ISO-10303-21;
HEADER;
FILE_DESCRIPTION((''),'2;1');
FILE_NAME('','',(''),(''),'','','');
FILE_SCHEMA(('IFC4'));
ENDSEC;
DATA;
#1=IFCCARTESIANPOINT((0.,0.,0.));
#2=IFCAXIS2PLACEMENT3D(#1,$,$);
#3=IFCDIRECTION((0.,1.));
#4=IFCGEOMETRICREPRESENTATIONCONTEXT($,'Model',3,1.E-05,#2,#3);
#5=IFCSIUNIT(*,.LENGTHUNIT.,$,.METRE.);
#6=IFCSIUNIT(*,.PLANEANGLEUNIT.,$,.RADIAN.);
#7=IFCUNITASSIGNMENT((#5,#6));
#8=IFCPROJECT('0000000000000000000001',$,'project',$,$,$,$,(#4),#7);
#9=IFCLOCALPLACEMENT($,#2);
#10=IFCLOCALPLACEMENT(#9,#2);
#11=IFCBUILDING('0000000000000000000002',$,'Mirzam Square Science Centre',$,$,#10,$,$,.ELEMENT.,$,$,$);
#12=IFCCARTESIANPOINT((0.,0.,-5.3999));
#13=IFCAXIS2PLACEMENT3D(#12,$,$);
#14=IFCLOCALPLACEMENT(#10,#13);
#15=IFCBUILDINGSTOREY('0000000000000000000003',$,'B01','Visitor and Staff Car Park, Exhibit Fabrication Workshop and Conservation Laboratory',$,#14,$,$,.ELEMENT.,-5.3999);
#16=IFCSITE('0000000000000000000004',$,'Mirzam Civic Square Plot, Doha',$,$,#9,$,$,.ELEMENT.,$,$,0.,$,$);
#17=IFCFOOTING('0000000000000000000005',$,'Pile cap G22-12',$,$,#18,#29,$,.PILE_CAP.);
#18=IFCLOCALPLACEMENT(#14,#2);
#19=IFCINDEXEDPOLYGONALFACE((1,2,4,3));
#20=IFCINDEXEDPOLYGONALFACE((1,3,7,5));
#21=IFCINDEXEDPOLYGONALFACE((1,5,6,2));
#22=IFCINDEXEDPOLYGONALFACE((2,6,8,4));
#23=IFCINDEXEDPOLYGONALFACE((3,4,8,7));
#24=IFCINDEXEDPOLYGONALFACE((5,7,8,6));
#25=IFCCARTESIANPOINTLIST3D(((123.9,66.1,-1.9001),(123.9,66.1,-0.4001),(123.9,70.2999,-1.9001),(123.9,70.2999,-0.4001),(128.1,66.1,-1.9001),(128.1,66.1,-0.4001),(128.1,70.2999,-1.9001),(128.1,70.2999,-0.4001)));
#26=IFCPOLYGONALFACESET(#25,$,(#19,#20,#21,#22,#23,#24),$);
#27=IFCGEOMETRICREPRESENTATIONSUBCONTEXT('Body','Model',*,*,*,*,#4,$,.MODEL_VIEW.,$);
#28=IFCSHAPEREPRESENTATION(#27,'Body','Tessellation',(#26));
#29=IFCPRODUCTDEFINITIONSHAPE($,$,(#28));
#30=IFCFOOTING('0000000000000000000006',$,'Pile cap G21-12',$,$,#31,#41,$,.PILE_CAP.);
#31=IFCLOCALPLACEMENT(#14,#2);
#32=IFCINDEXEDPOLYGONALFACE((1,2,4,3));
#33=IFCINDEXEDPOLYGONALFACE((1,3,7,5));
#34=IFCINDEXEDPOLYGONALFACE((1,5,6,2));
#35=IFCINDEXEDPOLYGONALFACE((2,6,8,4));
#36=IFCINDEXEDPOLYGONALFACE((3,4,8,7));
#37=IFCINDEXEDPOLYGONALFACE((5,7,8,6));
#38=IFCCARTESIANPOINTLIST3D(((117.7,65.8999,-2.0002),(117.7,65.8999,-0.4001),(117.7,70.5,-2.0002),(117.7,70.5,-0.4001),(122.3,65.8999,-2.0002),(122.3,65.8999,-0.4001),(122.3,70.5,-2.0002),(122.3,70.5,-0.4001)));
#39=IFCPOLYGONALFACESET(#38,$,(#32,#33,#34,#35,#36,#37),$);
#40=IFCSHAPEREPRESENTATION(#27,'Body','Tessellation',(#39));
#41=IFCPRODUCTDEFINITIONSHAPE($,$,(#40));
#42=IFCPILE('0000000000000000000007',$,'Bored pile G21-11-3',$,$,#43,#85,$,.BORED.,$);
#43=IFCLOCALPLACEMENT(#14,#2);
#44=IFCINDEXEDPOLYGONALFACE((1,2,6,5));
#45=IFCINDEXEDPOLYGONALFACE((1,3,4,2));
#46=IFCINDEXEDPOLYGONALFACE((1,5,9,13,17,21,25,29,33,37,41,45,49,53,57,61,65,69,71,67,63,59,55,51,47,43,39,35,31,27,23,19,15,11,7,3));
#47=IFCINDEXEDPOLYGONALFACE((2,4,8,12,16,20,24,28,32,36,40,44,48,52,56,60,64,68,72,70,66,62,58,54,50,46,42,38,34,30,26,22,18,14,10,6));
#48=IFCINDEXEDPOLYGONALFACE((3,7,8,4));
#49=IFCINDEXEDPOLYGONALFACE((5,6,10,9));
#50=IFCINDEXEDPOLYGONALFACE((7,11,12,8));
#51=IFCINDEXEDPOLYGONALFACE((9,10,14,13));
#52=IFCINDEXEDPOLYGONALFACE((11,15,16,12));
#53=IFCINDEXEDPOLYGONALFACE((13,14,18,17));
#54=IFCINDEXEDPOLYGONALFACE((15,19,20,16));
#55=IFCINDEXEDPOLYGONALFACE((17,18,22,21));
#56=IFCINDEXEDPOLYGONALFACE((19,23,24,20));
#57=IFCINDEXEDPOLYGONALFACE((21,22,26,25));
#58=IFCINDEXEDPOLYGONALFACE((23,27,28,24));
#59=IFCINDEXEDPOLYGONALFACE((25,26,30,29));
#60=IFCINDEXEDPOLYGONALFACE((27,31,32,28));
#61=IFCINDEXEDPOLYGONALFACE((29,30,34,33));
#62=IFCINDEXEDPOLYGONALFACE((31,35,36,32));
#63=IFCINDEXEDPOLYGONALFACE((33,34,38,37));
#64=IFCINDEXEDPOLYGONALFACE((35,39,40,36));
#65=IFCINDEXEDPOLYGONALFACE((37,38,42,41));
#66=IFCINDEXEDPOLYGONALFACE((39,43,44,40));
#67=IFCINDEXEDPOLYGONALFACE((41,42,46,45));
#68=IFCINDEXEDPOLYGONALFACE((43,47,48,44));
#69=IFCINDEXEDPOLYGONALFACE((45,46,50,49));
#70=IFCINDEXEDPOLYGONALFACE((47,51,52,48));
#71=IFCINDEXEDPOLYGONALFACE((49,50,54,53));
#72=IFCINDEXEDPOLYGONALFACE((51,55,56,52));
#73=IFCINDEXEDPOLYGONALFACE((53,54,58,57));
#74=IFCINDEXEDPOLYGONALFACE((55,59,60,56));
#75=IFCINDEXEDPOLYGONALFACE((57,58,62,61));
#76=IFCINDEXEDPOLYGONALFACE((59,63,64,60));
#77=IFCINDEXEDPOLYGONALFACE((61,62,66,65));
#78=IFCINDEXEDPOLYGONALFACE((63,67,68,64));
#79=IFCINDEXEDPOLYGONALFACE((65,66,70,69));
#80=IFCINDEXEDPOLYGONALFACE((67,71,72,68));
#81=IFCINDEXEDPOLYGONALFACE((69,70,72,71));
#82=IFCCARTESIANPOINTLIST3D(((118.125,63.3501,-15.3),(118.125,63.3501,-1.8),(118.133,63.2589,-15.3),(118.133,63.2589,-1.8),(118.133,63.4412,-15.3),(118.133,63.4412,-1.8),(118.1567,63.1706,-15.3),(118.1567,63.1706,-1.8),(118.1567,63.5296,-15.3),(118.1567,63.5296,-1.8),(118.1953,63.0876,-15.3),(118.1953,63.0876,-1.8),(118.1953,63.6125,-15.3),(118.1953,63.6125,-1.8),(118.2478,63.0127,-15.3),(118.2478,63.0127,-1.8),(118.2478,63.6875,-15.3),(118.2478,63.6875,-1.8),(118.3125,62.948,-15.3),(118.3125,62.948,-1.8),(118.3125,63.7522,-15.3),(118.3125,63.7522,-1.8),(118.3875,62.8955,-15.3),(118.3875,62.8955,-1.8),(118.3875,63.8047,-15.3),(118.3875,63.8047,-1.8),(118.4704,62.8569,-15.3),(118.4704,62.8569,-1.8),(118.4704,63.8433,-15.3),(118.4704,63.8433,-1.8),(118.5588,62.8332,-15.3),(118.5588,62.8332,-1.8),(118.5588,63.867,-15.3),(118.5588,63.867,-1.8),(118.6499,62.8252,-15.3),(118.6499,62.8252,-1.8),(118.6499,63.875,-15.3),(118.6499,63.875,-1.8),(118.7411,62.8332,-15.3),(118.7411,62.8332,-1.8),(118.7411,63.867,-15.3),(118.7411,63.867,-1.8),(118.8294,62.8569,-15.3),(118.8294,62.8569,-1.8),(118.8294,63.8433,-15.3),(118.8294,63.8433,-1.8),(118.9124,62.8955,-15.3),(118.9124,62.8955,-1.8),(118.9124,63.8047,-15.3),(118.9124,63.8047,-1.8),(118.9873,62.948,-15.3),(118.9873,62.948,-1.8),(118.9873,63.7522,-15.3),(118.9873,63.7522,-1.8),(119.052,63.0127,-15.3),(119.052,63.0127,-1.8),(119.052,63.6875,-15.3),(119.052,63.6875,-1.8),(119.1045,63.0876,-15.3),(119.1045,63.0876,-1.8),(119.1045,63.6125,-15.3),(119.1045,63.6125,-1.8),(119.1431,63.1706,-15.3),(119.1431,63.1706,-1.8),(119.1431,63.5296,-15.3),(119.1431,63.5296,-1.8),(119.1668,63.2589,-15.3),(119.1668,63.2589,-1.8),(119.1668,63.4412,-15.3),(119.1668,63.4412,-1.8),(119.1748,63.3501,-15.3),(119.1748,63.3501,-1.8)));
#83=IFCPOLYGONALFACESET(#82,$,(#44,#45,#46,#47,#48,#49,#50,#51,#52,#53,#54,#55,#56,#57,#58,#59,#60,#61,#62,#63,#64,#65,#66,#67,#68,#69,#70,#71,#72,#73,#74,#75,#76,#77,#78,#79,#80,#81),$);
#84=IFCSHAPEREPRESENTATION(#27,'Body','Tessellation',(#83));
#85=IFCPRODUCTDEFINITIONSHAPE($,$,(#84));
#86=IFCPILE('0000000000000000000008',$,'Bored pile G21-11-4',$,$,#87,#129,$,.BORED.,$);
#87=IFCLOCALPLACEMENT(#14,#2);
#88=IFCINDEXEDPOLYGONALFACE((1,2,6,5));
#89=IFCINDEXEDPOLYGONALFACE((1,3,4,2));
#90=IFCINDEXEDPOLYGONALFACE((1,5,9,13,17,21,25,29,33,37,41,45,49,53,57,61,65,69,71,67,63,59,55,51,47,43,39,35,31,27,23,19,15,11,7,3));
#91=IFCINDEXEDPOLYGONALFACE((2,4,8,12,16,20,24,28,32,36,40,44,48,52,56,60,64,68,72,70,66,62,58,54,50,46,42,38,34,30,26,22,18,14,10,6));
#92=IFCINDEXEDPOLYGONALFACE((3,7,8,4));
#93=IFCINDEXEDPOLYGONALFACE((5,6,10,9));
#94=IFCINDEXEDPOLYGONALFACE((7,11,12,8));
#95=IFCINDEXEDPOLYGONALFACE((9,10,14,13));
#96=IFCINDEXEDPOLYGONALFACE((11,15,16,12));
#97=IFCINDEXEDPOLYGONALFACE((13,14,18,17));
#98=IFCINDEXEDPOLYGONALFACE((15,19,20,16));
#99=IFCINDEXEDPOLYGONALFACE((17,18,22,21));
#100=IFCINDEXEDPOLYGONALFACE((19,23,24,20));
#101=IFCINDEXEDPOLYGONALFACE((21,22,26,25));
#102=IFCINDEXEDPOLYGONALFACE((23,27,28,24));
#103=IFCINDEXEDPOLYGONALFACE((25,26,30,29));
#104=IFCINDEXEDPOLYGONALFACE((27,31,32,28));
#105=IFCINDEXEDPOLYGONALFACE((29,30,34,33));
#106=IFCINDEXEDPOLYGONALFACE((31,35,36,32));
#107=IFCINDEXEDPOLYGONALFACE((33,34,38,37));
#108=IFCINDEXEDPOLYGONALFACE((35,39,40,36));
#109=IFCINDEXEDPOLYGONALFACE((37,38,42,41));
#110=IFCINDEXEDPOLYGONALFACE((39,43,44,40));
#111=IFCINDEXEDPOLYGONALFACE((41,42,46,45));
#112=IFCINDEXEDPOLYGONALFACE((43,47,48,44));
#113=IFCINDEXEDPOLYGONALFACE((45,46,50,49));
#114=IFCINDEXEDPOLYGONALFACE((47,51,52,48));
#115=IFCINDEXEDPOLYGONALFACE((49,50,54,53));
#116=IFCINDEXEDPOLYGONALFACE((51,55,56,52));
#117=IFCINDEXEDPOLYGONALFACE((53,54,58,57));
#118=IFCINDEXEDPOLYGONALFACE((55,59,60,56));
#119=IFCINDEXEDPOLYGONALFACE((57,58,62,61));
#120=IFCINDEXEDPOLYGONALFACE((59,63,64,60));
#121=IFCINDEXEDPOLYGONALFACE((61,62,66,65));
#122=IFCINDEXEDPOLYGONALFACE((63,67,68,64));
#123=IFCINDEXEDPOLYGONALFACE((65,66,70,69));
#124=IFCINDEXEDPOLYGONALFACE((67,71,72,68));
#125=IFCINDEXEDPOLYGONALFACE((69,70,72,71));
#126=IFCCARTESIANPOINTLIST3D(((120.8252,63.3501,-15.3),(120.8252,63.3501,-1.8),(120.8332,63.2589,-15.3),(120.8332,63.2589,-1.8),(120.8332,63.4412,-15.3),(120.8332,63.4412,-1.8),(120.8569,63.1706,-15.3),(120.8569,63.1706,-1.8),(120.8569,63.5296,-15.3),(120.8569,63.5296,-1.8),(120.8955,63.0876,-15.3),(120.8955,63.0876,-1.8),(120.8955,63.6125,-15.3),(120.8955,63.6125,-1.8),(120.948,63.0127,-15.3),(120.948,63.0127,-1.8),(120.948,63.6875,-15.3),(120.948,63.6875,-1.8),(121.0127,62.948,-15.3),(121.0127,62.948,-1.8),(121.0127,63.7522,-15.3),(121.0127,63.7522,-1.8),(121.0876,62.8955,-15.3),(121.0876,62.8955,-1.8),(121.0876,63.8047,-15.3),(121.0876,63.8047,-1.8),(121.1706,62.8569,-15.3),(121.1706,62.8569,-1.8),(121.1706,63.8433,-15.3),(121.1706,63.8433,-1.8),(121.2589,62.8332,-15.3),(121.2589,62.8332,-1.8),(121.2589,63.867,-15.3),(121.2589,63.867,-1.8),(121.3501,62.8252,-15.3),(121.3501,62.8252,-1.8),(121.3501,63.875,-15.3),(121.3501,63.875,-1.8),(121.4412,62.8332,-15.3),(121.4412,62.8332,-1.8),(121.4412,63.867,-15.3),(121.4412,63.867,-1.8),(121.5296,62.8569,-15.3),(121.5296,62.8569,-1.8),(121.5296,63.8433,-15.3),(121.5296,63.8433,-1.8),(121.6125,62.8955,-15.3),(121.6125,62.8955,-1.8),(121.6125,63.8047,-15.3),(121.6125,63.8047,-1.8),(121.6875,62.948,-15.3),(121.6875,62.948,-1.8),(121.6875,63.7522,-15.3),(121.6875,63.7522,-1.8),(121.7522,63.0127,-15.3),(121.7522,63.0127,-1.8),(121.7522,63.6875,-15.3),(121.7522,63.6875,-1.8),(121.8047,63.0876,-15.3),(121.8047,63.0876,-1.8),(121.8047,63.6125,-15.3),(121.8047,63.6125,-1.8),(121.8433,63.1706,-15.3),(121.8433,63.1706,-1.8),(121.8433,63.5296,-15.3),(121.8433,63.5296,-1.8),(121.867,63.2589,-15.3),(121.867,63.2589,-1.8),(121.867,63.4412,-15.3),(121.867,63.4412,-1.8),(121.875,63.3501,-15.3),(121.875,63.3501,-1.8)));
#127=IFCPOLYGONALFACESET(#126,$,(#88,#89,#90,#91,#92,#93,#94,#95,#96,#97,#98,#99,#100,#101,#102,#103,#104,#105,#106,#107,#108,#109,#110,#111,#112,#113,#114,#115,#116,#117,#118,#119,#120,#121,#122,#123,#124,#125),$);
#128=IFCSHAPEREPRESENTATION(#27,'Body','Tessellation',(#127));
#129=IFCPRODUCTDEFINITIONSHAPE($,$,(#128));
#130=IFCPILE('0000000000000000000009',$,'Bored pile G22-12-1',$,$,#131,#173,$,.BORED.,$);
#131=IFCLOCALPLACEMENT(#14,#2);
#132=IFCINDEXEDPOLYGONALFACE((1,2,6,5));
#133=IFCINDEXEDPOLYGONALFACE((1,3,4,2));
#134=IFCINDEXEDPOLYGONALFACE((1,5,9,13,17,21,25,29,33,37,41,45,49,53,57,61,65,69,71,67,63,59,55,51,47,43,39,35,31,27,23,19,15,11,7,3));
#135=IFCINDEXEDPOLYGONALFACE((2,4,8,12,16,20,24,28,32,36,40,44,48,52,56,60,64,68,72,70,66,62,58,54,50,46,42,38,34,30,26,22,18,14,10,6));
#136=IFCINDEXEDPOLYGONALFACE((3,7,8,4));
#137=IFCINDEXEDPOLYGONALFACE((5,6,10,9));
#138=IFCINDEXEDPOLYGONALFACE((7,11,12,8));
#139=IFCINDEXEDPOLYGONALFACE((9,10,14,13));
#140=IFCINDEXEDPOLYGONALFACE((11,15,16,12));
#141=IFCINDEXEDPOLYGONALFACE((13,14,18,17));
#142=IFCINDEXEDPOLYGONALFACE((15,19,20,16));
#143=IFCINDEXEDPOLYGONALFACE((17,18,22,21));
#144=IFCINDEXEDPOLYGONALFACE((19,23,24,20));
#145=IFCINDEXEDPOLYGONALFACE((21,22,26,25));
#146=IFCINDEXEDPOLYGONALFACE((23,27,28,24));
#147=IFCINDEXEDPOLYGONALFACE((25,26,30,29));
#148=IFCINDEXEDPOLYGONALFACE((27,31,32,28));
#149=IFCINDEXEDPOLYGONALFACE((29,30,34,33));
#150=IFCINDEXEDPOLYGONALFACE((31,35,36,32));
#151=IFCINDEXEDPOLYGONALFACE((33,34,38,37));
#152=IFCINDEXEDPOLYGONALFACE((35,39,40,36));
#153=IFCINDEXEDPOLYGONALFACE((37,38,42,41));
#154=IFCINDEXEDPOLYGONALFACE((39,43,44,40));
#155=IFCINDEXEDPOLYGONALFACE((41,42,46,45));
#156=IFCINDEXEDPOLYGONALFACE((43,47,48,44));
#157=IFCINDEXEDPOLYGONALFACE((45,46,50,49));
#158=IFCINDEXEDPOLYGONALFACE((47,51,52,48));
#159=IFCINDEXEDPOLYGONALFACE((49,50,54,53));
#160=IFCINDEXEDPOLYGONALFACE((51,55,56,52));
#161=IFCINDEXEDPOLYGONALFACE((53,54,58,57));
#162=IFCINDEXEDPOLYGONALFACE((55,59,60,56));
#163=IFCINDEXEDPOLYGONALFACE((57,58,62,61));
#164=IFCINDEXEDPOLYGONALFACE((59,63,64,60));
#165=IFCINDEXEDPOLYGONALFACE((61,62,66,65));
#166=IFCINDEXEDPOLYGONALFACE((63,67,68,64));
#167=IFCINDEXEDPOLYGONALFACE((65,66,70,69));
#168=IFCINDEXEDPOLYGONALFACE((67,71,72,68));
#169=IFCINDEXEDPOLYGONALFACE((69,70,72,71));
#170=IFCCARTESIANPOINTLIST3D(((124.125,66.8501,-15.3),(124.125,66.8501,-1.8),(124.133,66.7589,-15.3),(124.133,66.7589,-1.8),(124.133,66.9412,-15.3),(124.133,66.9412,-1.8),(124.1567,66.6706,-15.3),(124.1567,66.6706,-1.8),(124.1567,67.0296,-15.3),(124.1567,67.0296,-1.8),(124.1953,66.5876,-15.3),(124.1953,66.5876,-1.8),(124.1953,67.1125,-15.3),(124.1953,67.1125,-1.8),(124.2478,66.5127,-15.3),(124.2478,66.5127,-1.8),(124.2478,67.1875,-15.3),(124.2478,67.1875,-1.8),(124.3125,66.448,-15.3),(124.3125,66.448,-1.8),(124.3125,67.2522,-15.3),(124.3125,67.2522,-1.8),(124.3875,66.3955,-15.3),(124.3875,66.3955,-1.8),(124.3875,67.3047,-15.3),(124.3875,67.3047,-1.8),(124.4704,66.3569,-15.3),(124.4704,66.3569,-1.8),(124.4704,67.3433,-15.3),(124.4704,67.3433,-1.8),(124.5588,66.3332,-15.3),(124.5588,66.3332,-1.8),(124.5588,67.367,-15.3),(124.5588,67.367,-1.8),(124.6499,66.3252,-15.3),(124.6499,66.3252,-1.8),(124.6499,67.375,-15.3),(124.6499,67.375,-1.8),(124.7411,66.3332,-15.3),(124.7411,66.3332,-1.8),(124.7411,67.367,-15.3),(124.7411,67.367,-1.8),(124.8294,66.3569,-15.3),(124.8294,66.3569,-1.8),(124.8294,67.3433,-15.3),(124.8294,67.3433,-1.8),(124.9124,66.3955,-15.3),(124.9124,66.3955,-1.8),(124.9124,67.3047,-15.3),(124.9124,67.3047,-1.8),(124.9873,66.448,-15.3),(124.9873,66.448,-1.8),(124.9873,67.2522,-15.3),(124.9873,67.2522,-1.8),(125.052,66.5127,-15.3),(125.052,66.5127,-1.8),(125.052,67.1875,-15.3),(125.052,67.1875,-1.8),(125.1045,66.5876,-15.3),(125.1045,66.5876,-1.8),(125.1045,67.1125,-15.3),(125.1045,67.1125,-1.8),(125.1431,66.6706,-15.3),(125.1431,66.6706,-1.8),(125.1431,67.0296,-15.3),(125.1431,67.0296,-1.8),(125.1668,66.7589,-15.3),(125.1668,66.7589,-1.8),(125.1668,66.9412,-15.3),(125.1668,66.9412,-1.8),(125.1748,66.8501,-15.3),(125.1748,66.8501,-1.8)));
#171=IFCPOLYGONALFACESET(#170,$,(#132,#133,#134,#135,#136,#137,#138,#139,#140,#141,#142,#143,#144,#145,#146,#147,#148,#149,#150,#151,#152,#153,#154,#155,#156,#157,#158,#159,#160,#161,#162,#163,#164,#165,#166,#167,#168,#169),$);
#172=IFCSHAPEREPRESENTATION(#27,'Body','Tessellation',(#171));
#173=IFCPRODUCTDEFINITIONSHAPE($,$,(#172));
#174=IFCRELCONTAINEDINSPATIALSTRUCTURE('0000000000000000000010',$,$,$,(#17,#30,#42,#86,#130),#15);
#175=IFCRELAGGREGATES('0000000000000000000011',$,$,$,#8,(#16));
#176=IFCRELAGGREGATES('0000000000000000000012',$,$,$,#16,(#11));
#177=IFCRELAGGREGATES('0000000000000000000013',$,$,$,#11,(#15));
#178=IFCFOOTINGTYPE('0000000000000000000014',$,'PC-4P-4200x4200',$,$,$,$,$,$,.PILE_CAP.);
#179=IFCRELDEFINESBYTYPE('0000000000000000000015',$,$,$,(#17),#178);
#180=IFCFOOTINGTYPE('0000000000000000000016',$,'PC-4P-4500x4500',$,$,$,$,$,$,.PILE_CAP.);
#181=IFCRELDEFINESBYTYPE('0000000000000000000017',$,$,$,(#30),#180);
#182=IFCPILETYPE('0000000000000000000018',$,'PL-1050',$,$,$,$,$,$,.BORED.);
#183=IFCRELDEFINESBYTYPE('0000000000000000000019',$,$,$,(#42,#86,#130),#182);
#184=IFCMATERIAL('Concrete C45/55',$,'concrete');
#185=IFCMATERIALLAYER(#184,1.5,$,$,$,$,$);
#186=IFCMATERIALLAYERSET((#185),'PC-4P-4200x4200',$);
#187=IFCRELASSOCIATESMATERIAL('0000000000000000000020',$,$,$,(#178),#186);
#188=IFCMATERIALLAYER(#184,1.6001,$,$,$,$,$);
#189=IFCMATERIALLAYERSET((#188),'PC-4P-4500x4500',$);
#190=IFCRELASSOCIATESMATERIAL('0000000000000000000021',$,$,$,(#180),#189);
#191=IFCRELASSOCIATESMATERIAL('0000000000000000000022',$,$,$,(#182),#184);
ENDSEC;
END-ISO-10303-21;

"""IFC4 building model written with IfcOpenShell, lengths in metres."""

from ifc_helpers import new_model, si_unit, direction, frame, origin, origin_2d, place, context, subcontext, project, spatial, rectangle, circle, extrude, material, layer, layer_set, material_profile, profile_set, type_object, element, save


model = new_model("IFC4")

# Units and contexts
model_context = context("Model", 3, precision=1e-05, world=origin(), true_north=direction((0.0, 1.0)))
body_context = subcontext(model_context, "Body", "Model", "MODEL_VIEW")
ifc_project = project(units=[si_unit("LENGTHUNIT", "METRE"), si_unit("PLANEANGLEUNIT", "RADIAN")], contexts=[model_context])

# Site, building, storey
site_placement = place(None, origin())
site = spatial("IfcSite", under=ifc_project, at=site_placement, Name="Mirzam Civic Square Plot, Doha", CompositionType="ELEMENT", RefElevation=0.0)
building_placement = place(site_placement, origin())
building = spatial("IfcBuilding", under=site, at=building_placement, Name="Mirzam Square Science Centre", CompositionType="ELEMENT")
storey_placement = place(building_placement, frame((0.0, 0.0, -5.3999)))
storey = spatial("IfcBuildingStorey", under=building, at=storey_placement, Name="B01", Description="Visitor and Staff Car Park, Exhibit Fabrication Workshop and Conservation Laboratory", CompositionType="ELEMENT", Elevation=-5.3999)

# Footings
ifc_material_1 = material(Name="Concrete C45/55", Category="concrete")
ifc_layer_1 = layer(ifc_material_1, 1.5)
ifc_layer_set_1 = layer_set([ifc_layer_1], Name="PC-4P-4200x4200")
footing_type_1 = type_object("IfcFootingType", Name="PC-4P-4200x4200", PredefinedType="PILE_CAP", material=ifc_layer_set_1)
footing_1_placement = place(storey_placement, frame((126.0, 68.2, -1.9001), z_axis=(0.0, 0.0, 1.0), x_axis=(1.0, 0.0, 0.0)))
element("IfcFooting", 1, at=footing_1_placement, inside=storey, type_object=footing_type_1, Name="Pile cap G22-12", PredefinedType="PILE_CAP", context=body_context, shape_type="SweptSolid", body=[
    extrude(rectangle(XDim=4.2, YDim=4.2, at=origin_2d()), origin(), (0.0, 0.0, 1.0), 1.5),
])
ifc_layer_2 = layer(ifc_material_1, 1.6001)
ifc_layer_set_2 = layer_set([ifc_layer_2], Name="PC-4P-4500x4500")
footing_type_2 = type_object("IfcFootingType", Name="PC-4P-4500x4500", PredefinedType="PILE_CAP", material=ifc_layer_set_2)
footing_2_placement = place(storey_placement, frame((120.0, 68.2, -2.0002), z_axis=(0.0, 0.0, 1.0), x_axis=(1.0, 0.0, 0.0)))
element("IfcFooting", 2, at=footing_2_placement, inside=storey, type_object=footing_type_2, Name="Pile cap G21-12", PredefinedType="PILE_CAP", context=body_context, shape_type="SweptSolid", body=[
    extrude(rectangle(XDim=4.6001, YDim=4.6001, at=origin_2d()), origin(), (0.0, 0.0, 1.0), 1.6001),
])

# Piles
ifc_material_profile_1 = material_profile(ifc_material_1, circle(Radius=0.5249, at=origin_2d()), Name="PILE-D1050")
ifc_profile_set_1 = profile_set([ifc_material_profile_1], Name="Concrete C45/55")
pile_type_1 = type_object("IfcPileType", Name="PL-1050", PredefinedType="BORED", material=ifc_profile_set_1)
for number, where, z_axis, x_axis, name in (
    (3, (118.6499, 63.3501, -1.8), (0.0, 0.0, -1.0), (1.0, 0.0, 0.0), "Bored pile G21-11-3"),
    (4, (121.3501, 63.3501, -1.8), (0.0, 0.0, -1.0), (1.0, 0.0, 0.0), "Bored pile G21-11-4"),
    (5, (124.6499, 66.8501, -1.8), (0.0, 0.0, -1.0), (1.0, 0.0, 0.0), "Bored pile G22-12-1"),
):
    element("IfcPile", number, at=place(storey_placement, frame(where, z_axis=z_axis, x_axis=x_axis)), inside=storey, type_object=pile_type_1, Name=name, PredefinedType="BORED", context=body_context, shape_type="SweptSolid", body=[
        extrude(circle(Radius=0.5249, at=origin_2d()), origin(), (0.0, 0.0, 1.0), 13.5),
    ])

save(model, "model.ifc")
